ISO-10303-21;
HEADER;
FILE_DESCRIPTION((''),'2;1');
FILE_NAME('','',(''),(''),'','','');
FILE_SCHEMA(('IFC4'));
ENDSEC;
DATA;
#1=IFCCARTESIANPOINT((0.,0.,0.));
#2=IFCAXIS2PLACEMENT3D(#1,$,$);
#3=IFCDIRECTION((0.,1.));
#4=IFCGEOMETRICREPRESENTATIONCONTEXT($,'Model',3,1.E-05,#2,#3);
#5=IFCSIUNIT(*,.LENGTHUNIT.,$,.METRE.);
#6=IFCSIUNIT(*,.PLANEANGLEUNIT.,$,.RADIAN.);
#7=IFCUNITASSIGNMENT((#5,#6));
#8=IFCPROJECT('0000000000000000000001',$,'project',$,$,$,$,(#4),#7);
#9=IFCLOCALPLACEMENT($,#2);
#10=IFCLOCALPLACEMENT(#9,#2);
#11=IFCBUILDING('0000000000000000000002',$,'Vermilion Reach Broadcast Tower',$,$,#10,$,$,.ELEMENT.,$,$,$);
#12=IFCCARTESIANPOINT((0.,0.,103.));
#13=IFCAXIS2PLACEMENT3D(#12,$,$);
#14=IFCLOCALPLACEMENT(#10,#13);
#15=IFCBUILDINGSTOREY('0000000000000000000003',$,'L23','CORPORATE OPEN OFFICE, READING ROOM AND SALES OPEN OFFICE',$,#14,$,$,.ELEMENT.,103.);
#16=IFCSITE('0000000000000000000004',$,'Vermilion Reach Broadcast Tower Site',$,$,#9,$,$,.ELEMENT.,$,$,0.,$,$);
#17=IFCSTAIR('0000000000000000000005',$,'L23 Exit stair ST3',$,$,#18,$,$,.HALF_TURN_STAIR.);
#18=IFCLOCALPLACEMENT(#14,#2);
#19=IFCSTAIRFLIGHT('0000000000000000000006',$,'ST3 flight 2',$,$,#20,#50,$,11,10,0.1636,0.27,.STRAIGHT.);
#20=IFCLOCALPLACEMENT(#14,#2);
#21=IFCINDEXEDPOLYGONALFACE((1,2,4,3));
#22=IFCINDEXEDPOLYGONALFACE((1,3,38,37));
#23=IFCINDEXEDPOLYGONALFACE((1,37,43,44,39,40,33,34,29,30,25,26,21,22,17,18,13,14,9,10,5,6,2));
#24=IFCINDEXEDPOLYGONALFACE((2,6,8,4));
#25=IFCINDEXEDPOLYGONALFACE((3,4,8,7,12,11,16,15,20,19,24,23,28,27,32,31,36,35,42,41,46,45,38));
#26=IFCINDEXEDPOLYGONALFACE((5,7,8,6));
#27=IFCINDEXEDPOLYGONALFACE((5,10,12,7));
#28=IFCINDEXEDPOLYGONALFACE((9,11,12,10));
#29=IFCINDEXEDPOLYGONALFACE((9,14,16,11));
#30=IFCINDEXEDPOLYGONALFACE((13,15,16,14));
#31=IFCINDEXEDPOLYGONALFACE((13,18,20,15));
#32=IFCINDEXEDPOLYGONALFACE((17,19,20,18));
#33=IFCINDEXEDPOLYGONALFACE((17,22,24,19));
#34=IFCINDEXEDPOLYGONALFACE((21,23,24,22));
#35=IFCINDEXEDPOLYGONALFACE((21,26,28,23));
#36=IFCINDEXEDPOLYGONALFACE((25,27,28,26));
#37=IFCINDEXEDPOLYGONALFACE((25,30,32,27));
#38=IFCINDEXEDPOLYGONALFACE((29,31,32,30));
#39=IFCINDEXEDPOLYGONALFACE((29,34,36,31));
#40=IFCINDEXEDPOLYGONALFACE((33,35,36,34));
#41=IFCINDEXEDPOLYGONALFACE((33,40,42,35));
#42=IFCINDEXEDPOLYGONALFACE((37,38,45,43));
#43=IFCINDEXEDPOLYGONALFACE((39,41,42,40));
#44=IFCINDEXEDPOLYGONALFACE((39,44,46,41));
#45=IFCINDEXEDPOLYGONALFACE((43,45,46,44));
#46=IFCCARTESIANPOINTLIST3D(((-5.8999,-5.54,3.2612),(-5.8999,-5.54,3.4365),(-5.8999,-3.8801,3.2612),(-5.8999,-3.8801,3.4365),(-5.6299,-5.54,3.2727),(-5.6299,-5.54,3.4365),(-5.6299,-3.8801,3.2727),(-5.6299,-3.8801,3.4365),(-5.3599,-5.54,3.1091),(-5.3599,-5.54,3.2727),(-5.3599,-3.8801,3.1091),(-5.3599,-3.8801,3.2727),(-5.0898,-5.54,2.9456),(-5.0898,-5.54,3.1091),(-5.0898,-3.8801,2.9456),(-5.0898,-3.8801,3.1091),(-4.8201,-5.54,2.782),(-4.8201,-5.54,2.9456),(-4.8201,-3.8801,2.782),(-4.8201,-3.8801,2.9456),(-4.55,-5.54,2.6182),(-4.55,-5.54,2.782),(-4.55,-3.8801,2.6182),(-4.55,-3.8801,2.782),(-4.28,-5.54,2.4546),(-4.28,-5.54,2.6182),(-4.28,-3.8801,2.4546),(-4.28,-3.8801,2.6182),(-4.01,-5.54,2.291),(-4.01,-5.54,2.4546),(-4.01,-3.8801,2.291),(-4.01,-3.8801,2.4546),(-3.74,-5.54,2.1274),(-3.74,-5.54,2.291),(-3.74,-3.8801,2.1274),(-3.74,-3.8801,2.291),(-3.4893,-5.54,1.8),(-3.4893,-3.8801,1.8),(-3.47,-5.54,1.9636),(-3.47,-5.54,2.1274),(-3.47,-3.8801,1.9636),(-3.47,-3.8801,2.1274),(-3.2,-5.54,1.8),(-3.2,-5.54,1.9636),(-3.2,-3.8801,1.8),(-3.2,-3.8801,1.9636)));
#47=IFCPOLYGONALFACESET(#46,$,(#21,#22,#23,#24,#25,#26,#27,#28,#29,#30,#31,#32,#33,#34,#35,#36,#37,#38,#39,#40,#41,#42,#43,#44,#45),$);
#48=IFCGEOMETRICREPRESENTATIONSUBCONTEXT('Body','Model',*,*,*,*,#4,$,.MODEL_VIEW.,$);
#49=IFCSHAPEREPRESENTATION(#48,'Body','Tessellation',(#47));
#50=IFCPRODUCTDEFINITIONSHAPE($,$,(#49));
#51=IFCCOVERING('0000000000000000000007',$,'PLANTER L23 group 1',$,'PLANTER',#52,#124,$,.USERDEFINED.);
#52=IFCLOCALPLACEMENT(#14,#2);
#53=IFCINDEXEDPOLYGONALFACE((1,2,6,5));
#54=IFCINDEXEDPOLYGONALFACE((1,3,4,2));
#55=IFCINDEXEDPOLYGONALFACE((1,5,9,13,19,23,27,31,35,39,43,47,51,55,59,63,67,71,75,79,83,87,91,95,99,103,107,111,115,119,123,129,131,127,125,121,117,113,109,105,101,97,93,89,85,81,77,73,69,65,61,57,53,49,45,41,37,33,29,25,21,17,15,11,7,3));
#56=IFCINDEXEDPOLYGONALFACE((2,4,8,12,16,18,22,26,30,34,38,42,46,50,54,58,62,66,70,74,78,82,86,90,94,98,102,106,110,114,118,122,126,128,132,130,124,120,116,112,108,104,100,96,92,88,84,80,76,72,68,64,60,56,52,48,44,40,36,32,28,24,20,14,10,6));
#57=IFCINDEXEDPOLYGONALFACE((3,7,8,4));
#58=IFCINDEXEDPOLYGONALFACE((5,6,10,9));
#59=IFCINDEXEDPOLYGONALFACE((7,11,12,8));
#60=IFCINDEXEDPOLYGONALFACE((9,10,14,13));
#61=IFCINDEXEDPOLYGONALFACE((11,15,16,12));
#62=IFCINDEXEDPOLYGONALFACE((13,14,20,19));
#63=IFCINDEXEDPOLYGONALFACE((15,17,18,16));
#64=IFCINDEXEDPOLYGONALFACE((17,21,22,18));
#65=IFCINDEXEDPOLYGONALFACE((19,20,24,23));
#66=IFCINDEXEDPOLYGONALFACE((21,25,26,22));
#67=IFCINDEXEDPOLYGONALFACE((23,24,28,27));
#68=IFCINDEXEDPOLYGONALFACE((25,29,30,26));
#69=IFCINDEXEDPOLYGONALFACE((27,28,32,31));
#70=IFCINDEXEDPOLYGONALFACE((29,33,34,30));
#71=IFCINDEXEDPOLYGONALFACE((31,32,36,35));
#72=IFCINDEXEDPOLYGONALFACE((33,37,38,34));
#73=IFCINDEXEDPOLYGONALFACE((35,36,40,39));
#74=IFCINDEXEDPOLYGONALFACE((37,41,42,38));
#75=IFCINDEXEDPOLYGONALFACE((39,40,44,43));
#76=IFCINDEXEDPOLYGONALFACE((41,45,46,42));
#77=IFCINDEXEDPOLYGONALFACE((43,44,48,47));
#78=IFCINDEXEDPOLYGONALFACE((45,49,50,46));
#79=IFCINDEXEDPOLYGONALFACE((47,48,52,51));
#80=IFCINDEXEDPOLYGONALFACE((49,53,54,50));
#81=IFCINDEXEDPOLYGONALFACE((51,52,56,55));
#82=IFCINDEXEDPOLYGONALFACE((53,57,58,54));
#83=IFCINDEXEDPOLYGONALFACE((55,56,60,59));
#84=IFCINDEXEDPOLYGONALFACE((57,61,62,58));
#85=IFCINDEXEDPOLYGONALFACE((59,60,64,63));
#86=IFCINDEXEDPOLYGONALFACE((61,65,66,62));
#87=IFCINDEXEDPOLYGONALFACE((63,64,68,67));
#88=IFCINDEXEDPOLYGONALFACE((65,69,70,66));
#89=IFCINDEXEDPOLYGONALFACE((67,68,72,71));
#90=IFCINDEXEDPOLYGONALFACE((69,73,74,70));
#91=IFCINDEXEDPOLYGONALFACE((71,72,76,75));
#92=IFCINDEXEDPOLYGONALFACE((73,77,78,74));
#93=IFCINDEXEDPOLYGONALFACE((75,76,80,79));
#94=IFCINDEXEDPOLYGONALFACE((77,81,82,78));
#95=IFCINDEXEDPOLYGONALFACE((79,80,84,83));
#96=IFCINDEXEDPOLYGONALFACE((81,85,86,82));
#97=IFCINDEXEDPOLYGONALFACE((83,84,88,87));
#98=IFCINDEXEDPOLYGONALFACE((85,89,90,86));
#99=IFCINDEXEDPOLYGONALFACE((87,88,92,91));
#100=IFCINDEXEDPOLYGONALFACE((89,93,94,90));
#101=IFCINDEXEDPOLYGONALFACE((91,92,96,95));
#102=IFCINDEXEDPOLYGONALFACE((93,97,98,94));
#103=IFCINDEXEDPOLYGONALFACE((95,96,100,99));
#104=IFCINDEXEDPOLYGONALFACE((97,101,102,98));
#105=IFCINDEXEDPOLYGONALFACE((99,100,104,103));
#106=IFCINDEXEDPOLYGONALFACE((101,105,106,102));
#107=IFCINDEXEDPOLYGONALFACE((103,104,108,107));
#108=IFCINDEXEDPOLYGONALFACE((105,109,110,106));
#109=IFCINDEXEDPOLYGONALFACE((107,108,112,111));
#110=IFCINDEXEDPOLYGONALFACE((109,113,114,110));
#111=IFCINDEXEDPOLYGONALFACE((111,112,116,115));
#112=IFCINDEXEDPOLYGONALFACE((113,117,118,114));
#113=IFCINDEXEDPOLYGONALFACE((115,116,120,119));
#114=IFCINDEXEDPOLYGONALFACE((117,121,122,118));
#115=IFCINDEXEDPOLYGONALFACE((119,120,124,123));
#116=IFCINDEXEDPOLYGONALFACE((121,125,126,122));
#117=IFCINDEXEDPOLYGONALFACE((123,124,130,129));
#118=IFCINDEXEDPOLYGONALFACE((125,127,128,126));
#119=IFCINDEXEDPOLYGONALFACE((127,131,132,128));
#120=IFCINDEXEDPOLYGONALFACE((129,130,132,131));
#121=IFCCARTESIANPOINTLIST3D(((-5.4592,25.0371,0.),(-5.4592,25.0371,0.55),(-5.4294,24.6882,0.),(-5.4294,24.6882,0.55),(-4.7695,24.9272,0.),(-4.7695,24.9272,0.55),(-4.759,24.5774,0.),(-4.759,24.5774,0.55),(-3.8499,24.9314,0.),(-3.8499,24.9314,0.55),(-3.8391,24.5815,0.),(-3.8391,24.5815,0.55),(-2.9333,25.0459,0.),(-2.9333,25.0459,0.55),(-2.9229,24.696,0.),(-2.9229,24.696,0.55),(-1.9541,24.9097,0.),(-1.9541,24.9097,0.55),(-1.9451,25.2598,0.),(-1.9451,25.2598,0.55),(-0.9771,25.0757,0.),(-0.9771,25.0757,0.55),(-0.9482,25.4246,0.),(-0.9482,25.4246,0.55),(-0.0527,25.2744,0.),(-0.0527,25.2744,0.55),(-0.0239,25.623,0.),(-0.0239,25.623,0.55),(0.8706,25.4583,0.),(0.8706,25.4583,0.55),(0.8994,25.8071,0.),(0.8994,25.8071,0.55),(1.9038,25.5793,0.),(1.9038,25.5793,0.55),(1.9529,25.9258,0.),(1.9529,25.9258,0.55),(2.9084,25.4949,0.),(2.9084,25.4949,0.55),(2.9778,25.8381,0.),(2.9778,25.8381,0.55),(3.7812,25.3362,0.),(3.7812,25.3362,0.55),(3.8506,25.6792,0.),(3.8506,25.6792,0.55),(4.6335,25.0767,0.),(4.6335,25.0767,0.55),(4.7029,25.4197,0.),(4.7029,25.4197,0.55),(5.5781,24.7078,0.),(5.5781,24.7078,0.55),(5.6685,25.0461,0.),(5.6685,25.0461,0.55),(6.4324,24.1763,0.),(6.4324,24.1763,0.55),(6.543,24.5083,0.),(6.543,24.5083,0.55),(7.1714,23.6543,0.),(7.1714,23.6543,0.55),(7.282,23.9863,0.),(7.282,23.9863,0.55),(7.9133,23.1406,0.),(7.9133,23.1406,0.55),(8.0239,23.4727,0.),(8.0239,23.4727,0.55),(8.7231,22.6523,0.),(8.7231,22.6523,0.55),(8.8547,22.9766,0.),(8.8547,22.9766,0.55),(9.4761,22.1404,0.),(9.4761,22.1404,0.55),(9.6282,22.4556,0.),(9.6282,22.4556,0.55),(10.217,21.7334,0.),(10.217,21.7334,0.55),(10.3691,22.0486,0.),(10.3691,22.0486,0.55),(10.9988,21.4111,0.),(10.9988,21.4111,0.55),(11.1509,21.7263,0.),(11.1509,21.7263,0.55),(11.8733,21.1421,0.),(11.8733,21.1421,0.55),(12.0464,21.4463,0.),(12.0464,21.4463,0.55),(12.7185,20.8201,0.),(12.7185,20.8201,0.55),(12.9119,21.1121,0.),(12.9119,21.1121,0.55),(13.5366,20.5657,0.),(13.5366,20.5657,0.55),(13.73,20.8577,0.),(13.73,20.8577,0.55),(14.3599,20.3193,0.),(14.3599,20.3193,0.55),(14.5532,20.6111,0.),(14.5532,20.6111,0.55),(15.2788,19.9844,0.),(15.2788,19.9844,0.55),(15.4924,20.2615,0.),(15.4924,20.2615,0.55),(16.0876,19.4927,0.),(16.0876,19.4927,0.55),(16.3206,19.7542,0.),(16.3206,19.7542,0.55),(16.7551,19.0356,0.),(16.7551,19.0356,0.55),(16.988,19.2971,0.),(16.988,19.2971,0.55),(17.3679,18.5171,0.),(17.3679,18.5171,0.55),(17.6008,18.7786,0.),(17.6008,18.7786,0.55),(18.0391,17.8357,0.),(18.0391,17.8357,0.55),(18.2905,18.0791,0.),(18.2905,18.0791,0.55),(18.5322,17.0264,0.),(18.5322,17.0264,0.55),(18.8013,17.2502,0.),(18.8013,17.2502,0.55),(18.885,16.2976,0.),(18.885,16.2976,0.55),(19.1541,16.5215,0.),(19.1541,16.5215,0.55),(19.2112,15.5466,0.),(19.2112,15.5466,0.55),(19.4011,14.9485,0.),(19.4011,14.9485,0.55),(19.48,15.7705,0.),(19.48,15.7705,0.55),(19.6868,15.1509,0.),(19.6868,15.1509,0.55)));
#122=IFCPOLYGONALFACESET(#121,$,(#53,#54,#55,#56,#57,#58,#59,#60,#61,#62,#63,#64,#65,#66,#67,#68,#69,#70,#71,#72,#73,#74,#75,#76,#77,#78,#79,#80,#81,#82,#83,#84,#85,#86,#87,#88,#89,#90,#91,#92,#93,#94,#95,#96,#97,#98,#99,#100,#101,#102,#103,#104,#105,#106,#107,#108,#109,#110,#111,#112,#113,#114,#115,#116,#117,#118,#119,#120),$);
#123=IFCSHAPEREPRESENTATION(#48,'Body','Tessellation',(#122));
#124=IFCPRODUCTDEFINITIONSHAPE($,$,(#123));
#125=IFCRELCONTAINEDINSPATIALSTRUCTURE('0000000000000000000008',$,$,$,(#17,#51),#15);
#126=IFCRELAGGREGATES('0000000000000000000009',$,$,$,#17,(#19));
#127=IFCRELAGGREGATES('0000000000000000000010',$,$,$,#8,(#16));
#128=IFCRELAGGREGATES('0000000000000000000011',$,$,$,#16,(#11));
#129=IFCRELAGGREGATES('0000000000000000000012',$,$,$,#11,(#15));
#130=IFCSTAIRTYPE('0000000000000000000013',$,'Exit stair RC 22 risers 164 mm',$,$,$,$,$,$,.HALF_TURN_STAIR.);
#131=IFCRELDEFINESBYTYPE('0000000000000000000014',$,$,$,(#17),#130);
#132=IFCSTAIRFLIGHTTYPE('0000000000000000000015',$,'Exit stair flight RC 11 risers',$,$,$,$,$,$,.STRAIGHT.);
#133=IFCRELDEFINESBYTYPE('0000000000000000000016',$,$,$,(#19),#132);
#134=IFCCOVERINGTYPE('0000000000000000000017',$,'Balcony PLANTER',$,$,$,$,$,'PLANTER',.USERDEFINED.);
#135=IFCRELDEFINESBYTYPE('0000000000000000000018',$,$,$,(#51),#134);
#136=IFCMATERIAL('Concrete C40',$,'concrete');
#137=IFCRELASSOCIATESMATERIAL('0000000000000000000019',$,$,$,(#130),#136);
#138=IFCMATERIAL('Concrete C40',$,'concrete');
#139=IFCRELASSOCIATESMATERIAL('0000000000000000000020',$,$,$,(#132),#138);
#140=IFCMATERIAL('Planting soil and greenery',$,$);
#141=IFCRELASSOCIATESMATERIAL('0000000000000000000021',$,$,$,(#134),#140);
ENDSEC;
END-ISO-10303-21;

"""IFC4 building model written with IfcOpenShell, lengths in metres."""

from ifc_helpers import new_model, si_unit, direction, frame, origin, place, context, subcontext, project, spatial, polyline, outline, extrude, material, type_object, element, aggregate, save


model = new_model("IFC4")

# Units and contexts
model_context = context("Model", 3, precision=1e-05, world=origin(), true_north=direction((0.0, 1.0)))
body_context = subcontext(model_context, "Body", "Model", "MODEL_VIEW")
ifc_project = project(units=[si_unit("LENGTHUNIT", "METRE"), si_unit("PLANEANGLEUNIT", "RADIAN")], contexts=[model_context])

# Site, building, storey
site_placement = place(None, origin())
site = spatial("IfcSite", under=ifc_project, at=site_placement, Name="Vermilion Reach Broadcast Tower Site", CompositionType="ELEMENT", RefElevation=0.0)
building_placement = place(site_placement, origin())
building = spatial("IfcBuilding", under=site, at=building_placement, Name="Vermilion Reach Broadcast Tower", CompositionType="ELEMENT")
storey_placement = place(building_placement, frame((0.0, 0.0, 103.0)))
storey = spatial("IfcBuildingStorey", under=building, at=storey_placement, Name="L23", Description="CORPORATE OPEN OFFICE, READING ROOM AND SALES OPEN OFFICE", CompositionType="ELEMENT", Elevation=103.0)

# Stair, stair flight
ifc_material_1 = material(Name="Concrete C40", Category="concrete")
stair_type = type_object("IfcStairType", Name="Exit stair RC 22 risers 164 mm", PredefinedType="HALF_TURN_STAIR", material=ifc_material_1)
placement_1 = place(storey_placement, origin())
stair = element("IfcStair", 1, at=placement_1, inside=storey, type_object=stair_type, Name="L23 Exit stair ST3", PredefinedType="HALF_TURN_STAIR")
ifc_material_2 = material(Name="Concrete C40", Category="concrete")
stair_flight_type = type_object("IfcStairFlightType", Name="Exit stair flight RC 11 risers", PredefinedType="STRAIGHT", material=ifc_material_2)
stair_flight_placement = place(storey_placement, frame((-3.2, -4.71, 1.8), z_axis=(0.0, 0.0, 1.0), x_axis=(-1.0, 0.0, 0.0)))
stair_flight = element("IfcStairFlight", 2, at=stair_flight_placement, type_object=stair_flight_type, Name="ST3 flight 2", NumberOfRisers=11, NumberOfTreads=10, PredefinedType="STRAIGHT", RiserHeight=0.1636, TreadLength=0.27, context=body_context, shape_type="SweptSolid", body=[
    extrude(outline(polyline([(0.0, 0.0), (0.0, 0.1636), (0.27, 0.1636), (0.27, 0.3274), (0.54, 0.3274), (0.54, 0.491), (0.8101, 0.491), (0.8101, 0.6545), (1.0801, 0.6545), (1.0801, 0.8181), (1.3501, 0.8181), (1.3501, 0.9819), (1.6201, 0.9819), (1.6201, 1.1455), (1.8899, 1.1455), (1.8899, 1.3091), (2.1599, 1.3091), (2.1599, 1.4727), (2.4299, 1.4727), (2.4299, 1.6365), (2.7, 1.6365), (2.7, 1.8), (2.7, 1.4612), (0.2893, 0.0), (0.0, 0.0)])), frame((0.0, 0.8301, 0.0), z_axis=(0.0, -1.0, 0.0), x_axis=(1.0, 0.0, 0.0)), (0.0, 0.0, 1.0), 1.6599),
])
aggregate(stair, [stair_flight])

# Covering
ifc_material_3 = material(Name="Planting soil and greenery")
covering_type = type_object("IfcCoveringType", Name="Balcony PLANTER", ElementType="PLANTER", PredefinedType="USERDEFINED", material=ifc_material_3)
element("IfcCovering", 3, at=placement_1, inside=storey, type_object=covering_type, Name="PLANTER L23 group 1", ObjectType="PLANTER", PredefinedType="USERDEFINED", context=body_context, shape_type="SweptSolid", body=[
    extrude(outline(polyline([(19.6868, 15.1509), (19.48, 15.7705), (19.1541, 16.5215), (18.8013, 17.2502), (18.2905, 18.0791), (17.6008, 18.7786), (16.988, 19.2971), (16.3206, 19.7542), (15.4924, 20.2615), (14.5532, 20.6111), (13.73, 20.8577), (12.9119, 21.1121), (12.0464, 21.4463), (11.1509, 21.7263), (10.3691, 22.0486), (9.6282, 22.4556), (8.8547, 22.9766), (8.0239, 23.4727), (7.282, 23.9863), (6.543, 24.5083), (5.6685, 25.0461), (4.7029, 25.4197), (3.8506, 25.6792), (2.9778, 25.8381), (1.9529, 25.9258), (0.8994, 25.8071), (-0.0239, 25.623), (-0.9482, 25.4246), (-1.9451, 25.2598), (-2.9333, 25.0459), (-3.8499, 24.9314), (-4.7695, 24.9272), (-5.4592, 25.0371), (-5.4294, 24.6882), (-4.759, 24.5774), (-3.8391, 24.5815), (-2.9229, 24.696), (-1.9541, 24.9097), (-0.9771, 25.0757), (-0.0527, 25.2744), (0.8706, 25.4583), (1.9038, 25.5793), (2.9084, 25.4949), (3.7812, 25.3362), (4.6335, 25.0767), (5.5781, 24.7078), (6.4324, 24.1763), (7.1714, 23.6543), (7.9133, 23.1406), (8.7231, 22.6523), (9.4761, 22.1404), (10.217, 21.7334), (10.9988, 21.4111), (11.8733, 21.1421), (12.7185, 20.8201), (13.5366, 20.5657), (14.3599, 20.3193), (15.2788, 19.9844), (16.0876, 19.4927), (16.7551, 19.0356), (17.3679, 18.5171), (18.0391, 17.8357), (18.5322, 17.0264), (18.885, 16.2976), (19.2112, 15.5466), (19.4011, 14.9485), (19.6868, 15.1509)])), origin(), (0.0, 0.0, 1.0), 0.55),
])

save(model, "model.ifc")
